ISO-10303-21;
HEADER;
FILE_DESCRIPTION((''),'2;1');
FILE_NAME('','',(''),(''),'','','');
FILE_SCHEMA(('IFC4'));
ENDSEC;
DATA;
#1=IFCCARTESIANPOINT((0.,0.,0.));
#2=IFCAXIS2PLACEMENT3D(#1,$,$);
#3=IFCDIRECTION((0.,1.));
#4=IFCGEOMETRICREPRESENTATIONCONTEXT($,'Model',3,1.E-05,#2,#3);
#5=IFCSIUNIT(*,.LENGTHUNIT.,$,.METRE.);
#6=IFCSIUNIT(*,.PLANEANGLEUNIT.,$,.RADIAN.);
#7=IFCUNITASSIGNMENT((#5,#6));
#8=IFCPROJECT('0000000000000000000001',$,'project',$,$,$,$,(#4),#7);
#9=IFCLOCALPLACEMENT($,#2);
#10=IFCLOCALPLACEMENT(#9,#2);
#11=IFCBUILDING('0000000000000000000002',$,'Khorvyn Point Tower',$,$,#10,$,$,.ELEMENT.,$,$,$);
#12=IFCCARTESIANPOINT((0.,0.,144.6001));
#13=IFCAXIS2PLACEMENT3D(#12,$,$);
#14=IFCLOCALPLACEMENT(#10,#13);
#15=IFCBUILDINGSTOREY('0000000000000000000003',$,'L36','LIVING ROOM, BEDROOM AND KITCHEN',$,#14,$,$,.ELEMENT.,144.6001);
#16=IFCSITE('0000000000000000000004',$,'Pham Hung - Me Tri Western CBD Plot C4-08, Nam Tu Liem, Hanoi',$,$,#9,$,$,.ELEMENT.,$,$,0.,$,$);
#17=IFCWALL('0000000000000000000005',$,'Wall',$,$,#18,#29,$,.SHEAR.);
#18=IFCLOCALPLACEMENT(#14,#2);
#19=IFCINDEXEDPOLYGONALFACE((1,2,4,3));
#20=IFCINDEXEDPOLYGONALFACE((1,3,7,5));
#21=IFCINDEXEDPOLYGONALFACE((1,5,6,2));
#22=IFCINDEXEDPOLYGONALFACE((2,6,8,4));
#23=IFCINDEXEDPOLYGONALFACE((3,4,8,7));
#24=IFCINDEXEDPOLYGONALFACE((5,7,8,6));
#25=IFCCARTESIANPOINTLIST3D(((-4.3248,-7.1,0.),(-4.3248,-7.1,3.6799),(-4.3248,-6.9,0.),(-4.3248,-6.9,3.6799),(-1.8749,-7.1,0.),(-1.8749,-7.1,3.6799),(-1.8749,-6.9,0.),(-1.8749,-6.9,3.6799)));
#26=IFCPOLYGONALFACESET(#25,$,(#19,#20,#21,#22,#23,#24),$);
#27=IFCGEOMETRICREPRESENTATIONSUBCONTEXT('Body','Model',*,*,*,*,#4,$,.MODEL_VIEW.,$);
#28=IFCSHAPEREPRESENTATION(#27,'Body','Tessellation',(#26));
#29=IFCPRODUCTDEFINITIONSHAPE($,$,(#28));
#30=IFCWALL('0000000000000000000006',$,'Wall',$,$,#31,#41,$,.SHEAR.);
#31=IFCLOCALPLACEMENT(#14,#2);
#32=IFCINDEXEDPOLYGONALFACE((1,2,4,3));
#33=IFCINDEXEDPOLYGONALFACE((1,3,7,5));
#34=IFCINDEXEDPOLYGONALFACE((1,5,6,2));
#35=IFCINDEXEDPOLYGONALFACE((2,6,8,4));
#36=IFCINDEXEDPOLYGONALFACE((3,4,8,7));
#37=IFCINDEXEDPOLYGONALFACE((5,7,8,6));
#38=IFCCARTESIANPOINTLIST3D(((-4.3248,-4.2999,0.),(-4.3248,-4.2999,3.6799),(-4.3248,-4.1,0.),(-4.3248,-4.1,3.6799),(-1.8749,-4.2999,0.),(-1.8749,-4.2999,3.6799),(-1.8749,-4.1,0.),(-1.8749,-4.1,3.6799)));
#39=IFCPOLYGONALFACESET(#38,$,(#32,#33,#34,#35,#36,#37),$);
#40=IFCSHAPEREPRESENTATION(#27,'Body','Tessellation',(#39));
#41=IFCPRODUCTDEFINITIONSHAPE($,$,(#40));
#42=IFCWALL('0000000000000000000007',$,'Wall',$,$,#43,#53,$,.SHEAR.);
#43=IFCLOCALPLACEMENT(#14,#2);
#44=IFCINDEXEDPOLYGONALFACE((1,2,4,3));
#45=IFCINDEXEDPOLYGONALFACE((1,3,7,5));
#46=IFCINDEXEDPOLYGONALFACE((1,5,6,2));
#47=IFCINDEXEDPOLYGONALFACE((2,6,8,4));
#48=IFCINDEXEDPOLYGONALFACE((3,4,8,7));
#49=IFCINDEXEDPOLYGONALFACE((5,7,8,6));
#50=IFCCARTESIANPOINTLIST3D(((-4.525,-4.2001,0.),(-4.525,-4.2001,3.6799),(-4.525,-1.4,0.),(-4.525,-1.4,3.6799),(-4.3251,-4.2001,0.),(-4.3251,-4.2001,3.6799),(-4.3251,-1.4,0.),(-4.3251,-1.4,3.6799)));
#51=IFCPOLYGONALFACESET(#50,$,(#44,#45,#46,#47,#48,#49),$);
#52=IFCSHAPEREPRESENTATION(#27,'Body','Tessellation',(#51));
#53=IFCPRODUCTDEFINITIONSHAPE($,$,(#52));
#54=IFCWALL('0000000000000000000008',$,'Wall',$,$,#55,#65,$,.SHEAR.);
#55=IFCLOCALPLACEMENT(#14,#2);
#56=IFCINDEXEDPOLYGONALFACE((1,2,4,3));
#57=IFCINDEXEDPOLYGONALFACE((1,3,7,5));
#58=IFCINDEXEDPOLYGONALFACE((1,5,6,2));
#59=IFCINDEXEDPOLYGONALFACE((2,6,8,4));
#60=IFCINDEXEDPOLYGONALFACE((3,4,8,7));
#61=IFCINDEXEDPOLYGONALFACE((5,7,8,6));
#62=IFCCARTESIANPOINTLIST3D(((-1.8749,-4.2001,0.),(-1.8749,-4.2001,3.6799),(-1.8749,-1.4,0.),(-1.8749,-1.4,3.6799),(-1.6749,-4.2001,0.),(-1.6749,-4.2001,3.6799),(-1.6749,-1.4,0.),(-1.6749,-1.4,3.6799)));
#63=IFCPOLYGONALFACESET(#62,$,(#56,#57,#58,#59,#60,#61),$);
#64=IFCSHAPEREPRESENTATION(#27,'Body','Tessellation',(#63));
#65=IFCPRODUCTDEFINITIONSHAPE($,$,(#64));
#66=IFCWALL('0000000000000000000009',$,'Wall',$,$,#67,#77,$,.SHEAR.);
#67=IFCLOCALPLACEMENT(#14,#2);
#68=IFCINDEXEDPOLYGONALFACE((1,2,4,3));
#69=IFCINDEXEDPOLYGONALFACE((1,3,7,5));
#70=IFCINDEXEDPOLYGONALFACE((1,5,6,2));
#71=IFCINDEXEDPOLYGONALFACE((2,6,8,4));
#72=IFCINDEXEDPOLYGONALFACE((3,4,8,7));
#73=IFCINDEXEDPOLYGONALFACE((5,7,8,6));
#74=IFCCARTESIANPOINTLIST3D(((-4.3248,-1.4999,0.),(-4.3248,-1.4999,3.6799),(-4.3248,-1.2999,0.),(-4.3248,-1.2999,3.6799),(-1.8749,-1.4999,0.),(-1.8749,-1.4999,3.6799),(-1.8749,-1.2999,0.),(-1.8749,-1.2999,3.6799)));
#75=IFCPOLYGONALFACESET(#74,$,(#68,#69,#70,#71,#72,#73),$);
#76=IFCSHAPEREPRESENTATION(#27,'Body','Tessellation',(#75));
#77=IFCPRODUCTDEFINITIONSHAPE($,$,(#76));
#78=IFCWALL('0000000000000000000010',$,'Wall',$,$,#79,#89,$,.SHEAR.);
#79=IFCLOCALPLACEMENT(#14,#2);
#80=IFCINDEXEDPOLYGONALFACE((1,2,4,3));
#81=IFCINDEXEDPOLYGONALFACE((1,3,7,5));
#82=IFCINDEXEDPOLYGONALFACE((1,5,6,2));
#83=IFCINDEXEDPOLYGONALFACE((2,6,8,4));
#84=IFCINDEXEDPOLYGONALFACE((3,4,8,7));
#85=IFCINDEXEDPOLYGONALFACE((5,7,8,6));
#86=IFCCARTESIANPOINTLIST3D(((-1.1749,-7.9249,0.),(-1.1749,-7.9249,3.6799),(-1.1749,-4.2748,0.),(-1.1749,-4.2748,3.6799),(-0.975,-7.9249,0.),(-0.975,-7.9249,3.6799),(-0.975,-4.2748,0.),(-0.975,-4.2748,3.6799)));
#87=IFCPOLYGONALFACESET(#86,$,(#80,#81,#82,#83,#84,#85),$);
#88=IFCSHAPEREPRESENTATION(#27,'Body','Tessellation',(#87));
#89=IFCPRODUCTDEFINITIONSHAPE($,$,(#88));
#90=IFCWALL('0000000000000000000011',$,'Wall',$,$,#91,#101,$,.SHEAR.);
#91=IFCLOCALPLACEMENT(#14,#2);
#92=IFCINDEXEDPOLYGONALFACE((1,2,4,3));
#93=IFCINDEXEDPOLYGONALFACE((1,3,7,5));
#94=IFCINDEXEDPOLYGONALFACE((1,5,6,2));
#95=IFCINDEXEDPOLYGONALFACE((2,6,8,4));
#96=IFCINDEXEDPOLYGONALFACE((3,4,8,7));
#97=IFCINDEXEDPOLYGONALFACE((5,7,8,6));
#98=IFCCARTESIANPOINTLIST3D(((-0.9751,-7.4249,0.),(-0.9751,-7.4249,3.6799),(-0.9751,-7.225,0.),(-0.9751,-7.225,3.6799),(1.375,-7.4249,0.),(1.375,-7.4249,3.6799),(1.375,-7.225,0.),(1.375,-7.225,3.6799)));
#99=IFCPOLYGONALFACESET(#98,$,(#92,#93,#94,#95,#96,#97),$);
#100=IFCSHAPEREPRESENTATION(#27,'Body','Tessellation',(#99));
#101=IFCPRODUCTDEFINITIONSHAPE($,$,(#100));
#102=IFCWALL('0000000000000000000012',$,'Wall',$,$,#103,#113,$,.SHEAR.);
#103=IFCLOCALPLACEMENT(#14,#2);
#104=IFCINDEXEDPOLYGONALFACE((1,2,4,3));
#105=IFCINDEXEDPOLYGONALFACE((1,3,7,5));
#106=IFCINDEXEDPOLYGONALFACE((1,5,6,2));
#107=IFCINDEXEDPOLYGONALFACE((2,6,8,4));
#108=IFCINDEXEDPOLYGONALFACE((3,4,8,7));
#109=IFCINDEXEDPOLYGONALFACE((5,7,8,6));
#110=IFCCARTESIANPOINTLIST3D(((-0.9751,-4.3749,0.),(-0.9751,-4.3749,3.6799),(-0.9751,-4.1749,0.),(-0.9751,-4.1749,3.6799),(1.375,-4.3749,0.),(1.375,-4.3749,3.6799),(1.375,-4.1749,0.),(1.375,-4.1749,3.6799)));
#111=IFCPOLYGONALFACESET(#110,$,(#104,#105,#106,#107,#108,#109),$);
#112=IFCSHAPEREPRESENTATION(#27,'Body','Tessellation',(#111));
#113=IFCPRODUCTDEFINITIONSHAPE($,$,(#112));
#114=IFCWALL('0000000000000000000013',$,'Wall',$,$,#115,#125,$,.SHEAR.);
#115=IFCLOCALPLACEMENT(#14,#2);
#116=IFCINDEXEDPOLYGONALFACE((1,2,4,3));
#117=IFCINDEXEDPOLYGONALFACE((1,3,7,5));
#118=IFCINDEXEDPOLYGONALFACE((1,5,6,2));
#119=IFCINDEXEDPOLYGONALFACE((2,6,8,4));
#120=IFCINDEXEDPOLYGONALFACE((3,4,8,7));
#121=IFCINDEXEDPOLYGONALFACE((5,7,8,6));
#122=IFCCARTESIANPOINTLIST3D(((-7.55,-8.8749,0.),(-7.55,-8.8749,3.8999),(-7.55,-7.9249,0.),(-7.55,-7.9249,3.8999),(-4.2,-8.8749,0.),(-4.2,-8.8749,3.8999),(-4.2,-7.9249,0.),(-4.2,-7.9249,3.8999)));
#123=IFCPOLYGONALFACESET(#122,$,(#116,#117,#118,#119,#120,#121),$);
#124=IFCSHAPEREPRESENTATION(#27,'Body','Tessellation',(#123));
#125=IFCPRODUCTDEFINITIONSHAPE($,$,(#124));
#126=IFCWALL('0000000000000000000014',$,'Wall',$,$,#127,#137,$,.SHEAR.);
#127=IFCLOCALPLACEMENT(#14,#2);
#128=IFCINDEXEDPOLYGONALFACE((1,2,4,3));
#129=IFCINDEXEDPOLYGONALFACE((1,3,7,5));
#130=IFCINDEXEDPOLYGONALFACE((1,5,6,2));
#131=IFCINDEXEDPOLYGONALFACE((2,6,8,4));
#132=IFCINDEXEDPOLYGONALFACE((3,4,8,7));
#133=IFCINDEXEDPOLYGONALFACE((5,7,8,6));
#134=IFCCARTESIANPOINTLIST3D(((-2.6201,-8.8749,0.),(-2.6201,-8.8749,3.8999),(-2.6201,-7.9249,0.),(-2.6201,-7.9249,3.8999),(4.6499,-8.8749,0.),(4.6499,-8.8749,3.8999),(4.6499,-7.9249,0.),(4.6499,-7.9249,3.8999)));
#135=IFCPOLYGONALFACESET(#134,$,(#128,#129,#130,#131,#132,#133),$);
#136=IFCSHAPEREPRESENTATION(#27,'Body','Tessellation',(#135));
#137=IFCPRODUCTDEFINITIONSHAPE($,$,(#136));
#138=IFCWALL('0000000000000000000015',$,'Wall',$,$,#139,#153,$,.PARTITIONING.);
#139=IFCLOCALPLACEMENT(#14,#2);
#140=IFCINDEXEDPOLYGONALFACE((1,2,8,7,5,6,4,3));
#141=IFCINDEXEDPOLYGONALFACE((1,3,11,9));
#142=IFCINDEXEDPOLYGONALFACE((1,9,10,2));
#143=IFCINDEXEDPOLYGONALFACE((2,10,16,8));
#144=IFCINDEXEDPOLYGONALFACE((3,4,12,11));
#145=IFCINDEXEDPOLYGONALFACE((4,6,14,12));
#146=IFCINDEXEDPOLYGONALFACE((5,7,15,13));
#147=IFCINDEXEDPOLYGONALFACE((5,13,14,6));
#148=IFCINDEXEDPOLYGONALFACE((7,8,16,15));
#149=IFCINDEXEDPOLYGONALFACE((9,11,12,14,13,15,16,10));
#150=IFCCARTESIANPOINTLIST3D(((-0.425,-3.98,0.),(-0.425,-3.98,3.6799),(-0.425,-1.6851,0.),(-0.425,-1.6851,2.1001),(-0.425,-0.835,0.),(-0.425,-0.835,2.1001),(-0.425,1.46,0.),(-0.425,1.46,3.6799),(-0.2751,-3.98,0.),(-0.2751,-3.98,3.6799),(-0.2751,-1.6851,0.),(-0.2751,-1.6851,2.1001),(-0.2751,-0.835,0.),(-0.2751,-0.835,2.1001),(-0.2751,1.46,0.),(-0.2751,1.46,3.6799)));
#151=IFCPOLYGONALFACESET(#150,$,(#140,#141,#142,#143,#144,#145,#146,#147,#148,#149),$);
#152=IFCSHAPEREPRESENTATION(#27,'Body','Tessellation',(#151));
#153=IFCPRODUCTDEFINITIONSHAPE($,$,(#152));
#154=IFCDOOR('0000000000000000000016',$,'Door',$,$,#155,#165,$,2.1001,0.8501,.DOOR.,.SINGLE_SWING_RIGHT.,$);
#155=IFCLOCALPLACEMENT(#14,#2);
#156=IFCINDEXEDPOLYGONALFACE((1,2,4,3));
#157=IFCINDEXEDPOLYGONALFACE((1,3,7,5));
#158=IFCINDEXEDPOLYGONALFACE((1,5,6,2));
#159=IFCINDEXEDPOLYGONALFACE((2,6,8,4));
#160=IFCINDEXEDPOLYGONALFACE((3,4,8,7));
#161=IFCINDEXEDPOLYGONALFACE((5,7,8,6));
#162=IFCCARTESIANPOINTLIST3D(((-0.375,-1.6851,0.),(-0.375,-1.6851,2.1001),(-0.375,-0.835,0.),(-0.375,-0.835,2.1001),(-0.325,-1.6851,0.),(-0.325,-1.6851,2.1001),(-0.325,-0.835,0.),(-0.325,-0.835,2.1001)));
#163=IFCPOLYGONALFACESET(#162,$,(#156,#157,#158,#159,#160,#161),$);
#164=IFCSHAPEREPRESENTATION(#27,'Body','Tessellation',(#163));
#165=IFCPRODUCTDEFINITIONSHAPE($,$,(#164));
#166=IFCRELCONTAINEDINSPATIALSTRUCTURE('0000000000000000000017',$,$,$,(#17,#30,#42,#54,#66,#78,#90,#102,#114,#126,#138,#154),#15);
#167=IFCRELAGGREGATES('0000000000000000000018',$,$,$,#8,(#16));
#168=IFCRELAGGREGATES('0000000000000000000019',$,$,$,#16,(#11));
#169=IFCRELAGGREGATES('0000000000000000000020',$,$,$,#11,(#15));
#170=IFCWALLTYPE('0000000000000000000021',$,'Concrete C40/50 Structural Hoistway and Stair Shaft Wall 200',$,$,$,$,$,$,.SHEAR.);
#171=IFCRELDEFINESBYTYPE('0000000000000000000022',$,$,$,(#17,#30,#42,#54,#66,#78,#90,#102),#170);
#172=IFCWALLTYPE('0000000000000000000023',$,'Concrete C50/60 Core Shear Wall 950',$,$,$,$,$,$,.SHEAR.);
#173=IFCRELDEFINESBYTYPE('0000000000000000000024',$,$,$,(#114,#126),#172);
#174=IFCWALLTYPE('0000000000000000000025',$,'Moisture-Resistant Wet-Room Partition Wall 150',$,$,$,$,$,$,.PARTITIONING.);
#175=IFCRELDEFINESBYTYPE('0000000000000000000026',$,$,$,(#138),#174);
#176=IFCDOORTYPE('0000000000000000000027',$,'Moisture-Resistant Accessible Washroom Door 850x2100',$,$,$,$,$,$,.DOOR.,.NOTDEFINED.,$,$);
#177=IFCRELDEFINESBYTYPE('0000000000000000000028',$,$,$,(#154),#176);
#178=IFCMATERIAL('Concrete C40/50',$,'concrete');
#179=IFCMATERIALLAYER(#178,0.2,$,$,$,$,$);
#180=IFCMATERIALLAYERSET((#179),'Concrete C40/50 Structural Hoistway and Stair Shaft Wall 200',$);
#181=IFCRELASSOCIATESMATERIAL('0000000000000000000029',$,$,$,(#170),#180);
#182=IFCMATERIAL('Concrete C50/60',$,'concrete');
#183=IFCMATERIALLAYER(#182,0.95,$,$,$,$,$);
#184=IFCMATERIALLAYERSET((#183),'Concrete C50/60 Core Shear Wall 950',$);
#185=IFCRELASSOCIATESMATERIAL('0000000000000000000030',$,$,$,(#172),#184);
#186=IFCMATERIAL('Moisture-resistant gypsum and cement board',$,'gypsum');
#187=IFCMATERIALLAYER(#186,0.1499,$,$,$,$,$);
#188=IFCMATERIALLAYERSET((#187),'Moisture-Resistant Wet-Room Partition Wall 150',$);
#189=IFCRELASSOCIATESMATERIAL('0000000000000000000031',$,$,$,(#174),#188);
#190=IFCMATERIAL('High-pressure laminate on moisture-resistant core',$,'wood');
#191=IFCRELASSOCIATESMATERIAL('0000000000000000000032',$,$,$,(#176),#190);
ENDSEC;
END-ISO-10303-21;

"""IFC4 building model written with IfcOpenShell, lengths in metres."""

from ifc_helpers import new_model, si_unit, direction, frame, frame_2d, origin, place, context, subcontext, project, spatial, rectangle, extrude, material, layer, layer_set, type_object, element, fill, save


model = new_model("IFC4")

# Units and contexts
model_context = context("Model", 3, precision=1e-05, world=origin(), true_north=direction((0.0, 1.0)))
body_context = subcontext(model_context, "Body", "Model", "MODEL_VIEW")
ifc_project = project(units=[si_unit("LENGTHUNIT", "METRE"), si_unit("PLANEANGLEUNIT", "RADIAN")], contexts=[model_context])

# Site, building, storey
site_placement = place(None, origin())
site = spatial("IfcSite", under=ifc_project, at=site_placement, Name="Pham Hung - Me Tri Western CBD Plot C4-08, Nam Tu Liem, Hanoi", CompositionType="ELEMENT", RefElevation=0.0)
building_placement = place(site_placement, origin())
building = spatial("IfcBuilding", under=site, at=building_placement, Name="Khorvyn Point Tower", CompositionType="ELEMENT")
storey_placement = place(building_placement, frame((0.0, 0.0, 144.6001)))
storey = spatial("IfcBuildingStorey", under=building, at=storey_placement, Name="L36", Description="LIVING ROOM, BEDROOM AND KITCHEN", CompositionType="ELEMENT", Elevation=144.6001)

# Shared definitions
ifc_material_1 = material(Name="Concrete C40/50", Category="concrete")

# Shared definitions
ifc_material_2 = material(Name="Concrete C50/60", Category="concrete")

# Walls
ifc_layer_1 = layer(ifc_material_1, 0.2)
ifc_layer_set_1 = layer_set([ifc_layer_1], Name="Concrete C40/50 Structural Hoistway and Stair Shaft Wall 200")
wall_type_1 = type_object("IfcWallType", Name="Concrete C40/50 Structural Hoistway and Stair Shaft Wall 200", PredefinedType="SHEAR", material=ifc_layer_set_1)
for number, where, z_axis, x_axis, name in (
    (1, (-4.325, -7.0, 0.0), (0.0, 0.0, 1.0), (1.0, 0.0, 0.0), "Wall"),
    (2, (-4.325, -4.2, 0.0), (0.0, 0.0, 1.0), (1.0, 0.0, 0.0), "Wall"),
):
    element("IfcWall", number, at=place(storey_placement, frame(where, z_axis=z_axis, x_axis=x_axis)), inside=storey, type_object=wall_type_1, Name=name, PredefinedType="SHEAR", context=body_context, shape_type="SweptSolid", body=[
        extrude(rectangle(XDim=2.45, YDim=0.2, at=frame_2d((1.2251, 0.0))), origin(), (0.0, 0.0, 1.0), 3.6799),
    ])
for number, where, z_axis, x_axis, name in (
    (3, (-4.425, -4.2, 0.0), (0.0, 0.0, 1.0), (0.0, 1.0, 0.0), "Wall"),
    (4, (-1.7749, -4.2, 0.0), (0.0, 0.0, 1.0), (0.0, 1.0, 0.0), "Wall"),
):
    element("IfcWall", number, at=place(storey_placement, frame(where, z_axis=z_axis, x_axis=x_axis)), inside=storey, type_object=wall_type_1, Name=name, PredefinedType="SHEAR", context=body_context, shape_type="SweptSolid", body=[
        extrude(rectangle(XDim=2.8, YDim=0.2, at=frame_2d((1.3999, 0.0))), origin(), (0.0, 0.0, 1.0), 3.6799),
    ])
wall_1_placement = place(storey_placement, frame((-4.325, -1.3999, 0.0), z_axis=(0.0, 0.0, 1.0), x_axis=(1.0, 0.0, 0.0)))
element("IfcWall", 5, at=wall_1_placement, inside=storey, type_object=wall_type_1, Name="Wall", PredefinedType="SHEAR", context=body_context, shape_type="SweptSolid", body=[
    extrude(rectangle(XDim=2.45, YDim=0.2, at=frame_2d((1.2251, 0.0))), origin(), (0.0, 0.0, 1.0), 3.6799),
])
wall_2_placement = place(storey_placement, frame((-1.075, -7.925, 0.0), z_axis=(0.0, 0.0, 1.0), x_axis=(0.0, 1.0, 0.0)))
element("IfcWall", 6, at=wall_2_placement, inside=storey, type_object=wall_type_1, Name="Wall", PredefinedType="SHEAR", context=body_context, shape_type="SweptSolid", body=[
    extrude(rectangle(XDim=3.6501, YDim=0.2, at=frame_2d((1.8252, 0.0))), origin(), (0.0, 0.0, 1.0), 3.6799),
])
for number, where, z_axis, x_axis, name in (
    (7, (-0.9751, -7.325, 0.0), (0.0, 0.0, 1.0), (1.0, 0.0, 0.0), "Wall"),
    (8, (-0.9751, -4.2749, 0.0), (0.0, 0.0, 1.0), (1.0, 0.0, 0.0), "Wall"),
):
    element("IfcWall", number, at=place(storey_placement, frame(where, z_axis=z_axis, x_axis=x_axis)), inside=storey, type_object=wall_type_1, Name=name, PredefinedType="SHEAR", context=body_context, shape_type="SweptSolid", body=[
        extrude(rectangle(XDim=2.3501, YDim=0.2, at=frame_2d((1.175, 0.0))), origin(), (0.0, 0.0, 1.0), 3.6799),
    ])
ifc_layer_2 = layer(ifc_material_2, 0.95)
ifc_layer_set_2 = layer_set([ifc_layer_2], Name="Concrete C50/60 Core Shear Wall 950")
wall_type_2 = type_object("IfcWallType", Name="Concrete C50/60 Core Shear Wall 950", PredefinedType="SHEAR", material=ifc_layer_set_2)
wall_3_placement = place(storey_placement, frame((-7.55, -8.3999, 0.0), z_axis=(0.0, 0.0, 1.0), x_axis=(1.0, 0.0, 0.0)))
element("IfcWall", 9, at=wall_3_placement, inside=storey, type_object=wall_type_2, Name="Wall", PredefinedType="SHEAR", context=body_context, shape_type="SweptSolid", body=[
    extrude(rectangle(XDim=3.3501, YDim=0.95, at=frame_2d((1.675, 0.0))), origin(), (0.0, 0.0, 1.0), 3.8999),
])
wall_4_placement = place(storey_placement, frame((-2.6201, -8.3999, 0.0), z_axis=(0.0, 0.0, 1.0), x_axis=(1.0, 0.0, 0.0)))
element("IfcWall", 10, at=wall_4_placement, inside=storey, type_object=wall_type_2, Name="Wall", PredefinedType="SHEAR", context=body_context, shape_type="SweptSolid", body=[
    extrude(rectangle(XDim=7.27, YDim=0.95, at=frame_2d((3.635, 0.0))), origin(), (0.0, 0.0, 1.0), 3.8999),
])

# Wall, opening, door
ifc_material_3 = material(Name="Moisture-resistant gypsum and cement board", Category="gypsum")
ifc_layer_3 = layer(ifc_material_3, 0.1499)
ifc_layer_set_3 = layer_set([ifc_layer_3], Name="Moisture-Resistant Wet-Room Partition Wall 150")
wall_type_3 = type_object("IfcWallType", Name="Moisture-Resistant Wet-Room Partition Wall 150", PredefinedType="PARTITIONING", material=ifc_layer_set_3)
wall_5_placement = place(storey_placement, frame((-0.3501, -3.98, 0.0), z_axis=(0.0, 0.0, 1.0), x_axis=(0.0, 1.0, 0.0)))
wall_5 = element("IfcWall", 11, at=wall_5_placement, inside=storey, type_object=wall_type_3, Name="Wall", PredefinedType="PARTITIONING", context=body_context, shape_type="SweptSolid", body=[
    extrude(rectangle(XDim=5.4399, YDim=0.1499, at=frame_2d((2.72, 0.0))), origin(), (0.0, 0.0, 1.0), 3.6799),
])
opening_1_placement = place(wall_5_placement, frame((2.2949, 0.0, 0.0)))
opening_1 = element("IfcOpeningElement", 12, at=opening_1_placement, cuts=wall_5, PredefinedType="OPENING", context=body_context, shape_type="SweptSolid", body=[
    extrude(rectangle(XDim=0.8501, YDim=2.1001, at=frame_2d((0.425, 1.05))), frame((0.0, 0.085, 0.0), z_axis=(0.0, -1.0, 0.0), x_axis=(1.0, 0.0, 0.0)), (0.0, 0.0, 1.0), 0.1699),
])
ifc_material_4 = material(Name="High-pressure laminate on moisture-resistant core", Category="wood")
door_type_1 = type_object("IfcDoorType", Name="Moisture-Resistant Accessible Washroom Door 850x2100", OperationType="NOTDEFINED", PredefinedType="DOOR", material=ifc_material_4)
door_1_placement = place(opening_1_placement, origin())
door_1 = element("IfcDoor", 13, at=door_1_placement, inside=storey, type_object=door_type_1, Name="Door", OperationType="SINGLE_SWING_RIGHT", OverallHeight=2.1001, OverallWidth=0.8501, PredefinedType="DOOR", context=body_context, shape_type="SweptSolid", body=[
    extrude(rectangle(XDim=0.8501, YDim=2.1001, at=frame_2d((0.425, 1.05))), frame((0.0, 0.0249, 0.0), z_axis=(0.0, -1.0, 0.0), x_axis=(1.0, 0.0, 0.0)), (0.0, 0.0, 1.0), 0.05),
])
fill(opening_1, door_1)

save(model, "model.ifc")
